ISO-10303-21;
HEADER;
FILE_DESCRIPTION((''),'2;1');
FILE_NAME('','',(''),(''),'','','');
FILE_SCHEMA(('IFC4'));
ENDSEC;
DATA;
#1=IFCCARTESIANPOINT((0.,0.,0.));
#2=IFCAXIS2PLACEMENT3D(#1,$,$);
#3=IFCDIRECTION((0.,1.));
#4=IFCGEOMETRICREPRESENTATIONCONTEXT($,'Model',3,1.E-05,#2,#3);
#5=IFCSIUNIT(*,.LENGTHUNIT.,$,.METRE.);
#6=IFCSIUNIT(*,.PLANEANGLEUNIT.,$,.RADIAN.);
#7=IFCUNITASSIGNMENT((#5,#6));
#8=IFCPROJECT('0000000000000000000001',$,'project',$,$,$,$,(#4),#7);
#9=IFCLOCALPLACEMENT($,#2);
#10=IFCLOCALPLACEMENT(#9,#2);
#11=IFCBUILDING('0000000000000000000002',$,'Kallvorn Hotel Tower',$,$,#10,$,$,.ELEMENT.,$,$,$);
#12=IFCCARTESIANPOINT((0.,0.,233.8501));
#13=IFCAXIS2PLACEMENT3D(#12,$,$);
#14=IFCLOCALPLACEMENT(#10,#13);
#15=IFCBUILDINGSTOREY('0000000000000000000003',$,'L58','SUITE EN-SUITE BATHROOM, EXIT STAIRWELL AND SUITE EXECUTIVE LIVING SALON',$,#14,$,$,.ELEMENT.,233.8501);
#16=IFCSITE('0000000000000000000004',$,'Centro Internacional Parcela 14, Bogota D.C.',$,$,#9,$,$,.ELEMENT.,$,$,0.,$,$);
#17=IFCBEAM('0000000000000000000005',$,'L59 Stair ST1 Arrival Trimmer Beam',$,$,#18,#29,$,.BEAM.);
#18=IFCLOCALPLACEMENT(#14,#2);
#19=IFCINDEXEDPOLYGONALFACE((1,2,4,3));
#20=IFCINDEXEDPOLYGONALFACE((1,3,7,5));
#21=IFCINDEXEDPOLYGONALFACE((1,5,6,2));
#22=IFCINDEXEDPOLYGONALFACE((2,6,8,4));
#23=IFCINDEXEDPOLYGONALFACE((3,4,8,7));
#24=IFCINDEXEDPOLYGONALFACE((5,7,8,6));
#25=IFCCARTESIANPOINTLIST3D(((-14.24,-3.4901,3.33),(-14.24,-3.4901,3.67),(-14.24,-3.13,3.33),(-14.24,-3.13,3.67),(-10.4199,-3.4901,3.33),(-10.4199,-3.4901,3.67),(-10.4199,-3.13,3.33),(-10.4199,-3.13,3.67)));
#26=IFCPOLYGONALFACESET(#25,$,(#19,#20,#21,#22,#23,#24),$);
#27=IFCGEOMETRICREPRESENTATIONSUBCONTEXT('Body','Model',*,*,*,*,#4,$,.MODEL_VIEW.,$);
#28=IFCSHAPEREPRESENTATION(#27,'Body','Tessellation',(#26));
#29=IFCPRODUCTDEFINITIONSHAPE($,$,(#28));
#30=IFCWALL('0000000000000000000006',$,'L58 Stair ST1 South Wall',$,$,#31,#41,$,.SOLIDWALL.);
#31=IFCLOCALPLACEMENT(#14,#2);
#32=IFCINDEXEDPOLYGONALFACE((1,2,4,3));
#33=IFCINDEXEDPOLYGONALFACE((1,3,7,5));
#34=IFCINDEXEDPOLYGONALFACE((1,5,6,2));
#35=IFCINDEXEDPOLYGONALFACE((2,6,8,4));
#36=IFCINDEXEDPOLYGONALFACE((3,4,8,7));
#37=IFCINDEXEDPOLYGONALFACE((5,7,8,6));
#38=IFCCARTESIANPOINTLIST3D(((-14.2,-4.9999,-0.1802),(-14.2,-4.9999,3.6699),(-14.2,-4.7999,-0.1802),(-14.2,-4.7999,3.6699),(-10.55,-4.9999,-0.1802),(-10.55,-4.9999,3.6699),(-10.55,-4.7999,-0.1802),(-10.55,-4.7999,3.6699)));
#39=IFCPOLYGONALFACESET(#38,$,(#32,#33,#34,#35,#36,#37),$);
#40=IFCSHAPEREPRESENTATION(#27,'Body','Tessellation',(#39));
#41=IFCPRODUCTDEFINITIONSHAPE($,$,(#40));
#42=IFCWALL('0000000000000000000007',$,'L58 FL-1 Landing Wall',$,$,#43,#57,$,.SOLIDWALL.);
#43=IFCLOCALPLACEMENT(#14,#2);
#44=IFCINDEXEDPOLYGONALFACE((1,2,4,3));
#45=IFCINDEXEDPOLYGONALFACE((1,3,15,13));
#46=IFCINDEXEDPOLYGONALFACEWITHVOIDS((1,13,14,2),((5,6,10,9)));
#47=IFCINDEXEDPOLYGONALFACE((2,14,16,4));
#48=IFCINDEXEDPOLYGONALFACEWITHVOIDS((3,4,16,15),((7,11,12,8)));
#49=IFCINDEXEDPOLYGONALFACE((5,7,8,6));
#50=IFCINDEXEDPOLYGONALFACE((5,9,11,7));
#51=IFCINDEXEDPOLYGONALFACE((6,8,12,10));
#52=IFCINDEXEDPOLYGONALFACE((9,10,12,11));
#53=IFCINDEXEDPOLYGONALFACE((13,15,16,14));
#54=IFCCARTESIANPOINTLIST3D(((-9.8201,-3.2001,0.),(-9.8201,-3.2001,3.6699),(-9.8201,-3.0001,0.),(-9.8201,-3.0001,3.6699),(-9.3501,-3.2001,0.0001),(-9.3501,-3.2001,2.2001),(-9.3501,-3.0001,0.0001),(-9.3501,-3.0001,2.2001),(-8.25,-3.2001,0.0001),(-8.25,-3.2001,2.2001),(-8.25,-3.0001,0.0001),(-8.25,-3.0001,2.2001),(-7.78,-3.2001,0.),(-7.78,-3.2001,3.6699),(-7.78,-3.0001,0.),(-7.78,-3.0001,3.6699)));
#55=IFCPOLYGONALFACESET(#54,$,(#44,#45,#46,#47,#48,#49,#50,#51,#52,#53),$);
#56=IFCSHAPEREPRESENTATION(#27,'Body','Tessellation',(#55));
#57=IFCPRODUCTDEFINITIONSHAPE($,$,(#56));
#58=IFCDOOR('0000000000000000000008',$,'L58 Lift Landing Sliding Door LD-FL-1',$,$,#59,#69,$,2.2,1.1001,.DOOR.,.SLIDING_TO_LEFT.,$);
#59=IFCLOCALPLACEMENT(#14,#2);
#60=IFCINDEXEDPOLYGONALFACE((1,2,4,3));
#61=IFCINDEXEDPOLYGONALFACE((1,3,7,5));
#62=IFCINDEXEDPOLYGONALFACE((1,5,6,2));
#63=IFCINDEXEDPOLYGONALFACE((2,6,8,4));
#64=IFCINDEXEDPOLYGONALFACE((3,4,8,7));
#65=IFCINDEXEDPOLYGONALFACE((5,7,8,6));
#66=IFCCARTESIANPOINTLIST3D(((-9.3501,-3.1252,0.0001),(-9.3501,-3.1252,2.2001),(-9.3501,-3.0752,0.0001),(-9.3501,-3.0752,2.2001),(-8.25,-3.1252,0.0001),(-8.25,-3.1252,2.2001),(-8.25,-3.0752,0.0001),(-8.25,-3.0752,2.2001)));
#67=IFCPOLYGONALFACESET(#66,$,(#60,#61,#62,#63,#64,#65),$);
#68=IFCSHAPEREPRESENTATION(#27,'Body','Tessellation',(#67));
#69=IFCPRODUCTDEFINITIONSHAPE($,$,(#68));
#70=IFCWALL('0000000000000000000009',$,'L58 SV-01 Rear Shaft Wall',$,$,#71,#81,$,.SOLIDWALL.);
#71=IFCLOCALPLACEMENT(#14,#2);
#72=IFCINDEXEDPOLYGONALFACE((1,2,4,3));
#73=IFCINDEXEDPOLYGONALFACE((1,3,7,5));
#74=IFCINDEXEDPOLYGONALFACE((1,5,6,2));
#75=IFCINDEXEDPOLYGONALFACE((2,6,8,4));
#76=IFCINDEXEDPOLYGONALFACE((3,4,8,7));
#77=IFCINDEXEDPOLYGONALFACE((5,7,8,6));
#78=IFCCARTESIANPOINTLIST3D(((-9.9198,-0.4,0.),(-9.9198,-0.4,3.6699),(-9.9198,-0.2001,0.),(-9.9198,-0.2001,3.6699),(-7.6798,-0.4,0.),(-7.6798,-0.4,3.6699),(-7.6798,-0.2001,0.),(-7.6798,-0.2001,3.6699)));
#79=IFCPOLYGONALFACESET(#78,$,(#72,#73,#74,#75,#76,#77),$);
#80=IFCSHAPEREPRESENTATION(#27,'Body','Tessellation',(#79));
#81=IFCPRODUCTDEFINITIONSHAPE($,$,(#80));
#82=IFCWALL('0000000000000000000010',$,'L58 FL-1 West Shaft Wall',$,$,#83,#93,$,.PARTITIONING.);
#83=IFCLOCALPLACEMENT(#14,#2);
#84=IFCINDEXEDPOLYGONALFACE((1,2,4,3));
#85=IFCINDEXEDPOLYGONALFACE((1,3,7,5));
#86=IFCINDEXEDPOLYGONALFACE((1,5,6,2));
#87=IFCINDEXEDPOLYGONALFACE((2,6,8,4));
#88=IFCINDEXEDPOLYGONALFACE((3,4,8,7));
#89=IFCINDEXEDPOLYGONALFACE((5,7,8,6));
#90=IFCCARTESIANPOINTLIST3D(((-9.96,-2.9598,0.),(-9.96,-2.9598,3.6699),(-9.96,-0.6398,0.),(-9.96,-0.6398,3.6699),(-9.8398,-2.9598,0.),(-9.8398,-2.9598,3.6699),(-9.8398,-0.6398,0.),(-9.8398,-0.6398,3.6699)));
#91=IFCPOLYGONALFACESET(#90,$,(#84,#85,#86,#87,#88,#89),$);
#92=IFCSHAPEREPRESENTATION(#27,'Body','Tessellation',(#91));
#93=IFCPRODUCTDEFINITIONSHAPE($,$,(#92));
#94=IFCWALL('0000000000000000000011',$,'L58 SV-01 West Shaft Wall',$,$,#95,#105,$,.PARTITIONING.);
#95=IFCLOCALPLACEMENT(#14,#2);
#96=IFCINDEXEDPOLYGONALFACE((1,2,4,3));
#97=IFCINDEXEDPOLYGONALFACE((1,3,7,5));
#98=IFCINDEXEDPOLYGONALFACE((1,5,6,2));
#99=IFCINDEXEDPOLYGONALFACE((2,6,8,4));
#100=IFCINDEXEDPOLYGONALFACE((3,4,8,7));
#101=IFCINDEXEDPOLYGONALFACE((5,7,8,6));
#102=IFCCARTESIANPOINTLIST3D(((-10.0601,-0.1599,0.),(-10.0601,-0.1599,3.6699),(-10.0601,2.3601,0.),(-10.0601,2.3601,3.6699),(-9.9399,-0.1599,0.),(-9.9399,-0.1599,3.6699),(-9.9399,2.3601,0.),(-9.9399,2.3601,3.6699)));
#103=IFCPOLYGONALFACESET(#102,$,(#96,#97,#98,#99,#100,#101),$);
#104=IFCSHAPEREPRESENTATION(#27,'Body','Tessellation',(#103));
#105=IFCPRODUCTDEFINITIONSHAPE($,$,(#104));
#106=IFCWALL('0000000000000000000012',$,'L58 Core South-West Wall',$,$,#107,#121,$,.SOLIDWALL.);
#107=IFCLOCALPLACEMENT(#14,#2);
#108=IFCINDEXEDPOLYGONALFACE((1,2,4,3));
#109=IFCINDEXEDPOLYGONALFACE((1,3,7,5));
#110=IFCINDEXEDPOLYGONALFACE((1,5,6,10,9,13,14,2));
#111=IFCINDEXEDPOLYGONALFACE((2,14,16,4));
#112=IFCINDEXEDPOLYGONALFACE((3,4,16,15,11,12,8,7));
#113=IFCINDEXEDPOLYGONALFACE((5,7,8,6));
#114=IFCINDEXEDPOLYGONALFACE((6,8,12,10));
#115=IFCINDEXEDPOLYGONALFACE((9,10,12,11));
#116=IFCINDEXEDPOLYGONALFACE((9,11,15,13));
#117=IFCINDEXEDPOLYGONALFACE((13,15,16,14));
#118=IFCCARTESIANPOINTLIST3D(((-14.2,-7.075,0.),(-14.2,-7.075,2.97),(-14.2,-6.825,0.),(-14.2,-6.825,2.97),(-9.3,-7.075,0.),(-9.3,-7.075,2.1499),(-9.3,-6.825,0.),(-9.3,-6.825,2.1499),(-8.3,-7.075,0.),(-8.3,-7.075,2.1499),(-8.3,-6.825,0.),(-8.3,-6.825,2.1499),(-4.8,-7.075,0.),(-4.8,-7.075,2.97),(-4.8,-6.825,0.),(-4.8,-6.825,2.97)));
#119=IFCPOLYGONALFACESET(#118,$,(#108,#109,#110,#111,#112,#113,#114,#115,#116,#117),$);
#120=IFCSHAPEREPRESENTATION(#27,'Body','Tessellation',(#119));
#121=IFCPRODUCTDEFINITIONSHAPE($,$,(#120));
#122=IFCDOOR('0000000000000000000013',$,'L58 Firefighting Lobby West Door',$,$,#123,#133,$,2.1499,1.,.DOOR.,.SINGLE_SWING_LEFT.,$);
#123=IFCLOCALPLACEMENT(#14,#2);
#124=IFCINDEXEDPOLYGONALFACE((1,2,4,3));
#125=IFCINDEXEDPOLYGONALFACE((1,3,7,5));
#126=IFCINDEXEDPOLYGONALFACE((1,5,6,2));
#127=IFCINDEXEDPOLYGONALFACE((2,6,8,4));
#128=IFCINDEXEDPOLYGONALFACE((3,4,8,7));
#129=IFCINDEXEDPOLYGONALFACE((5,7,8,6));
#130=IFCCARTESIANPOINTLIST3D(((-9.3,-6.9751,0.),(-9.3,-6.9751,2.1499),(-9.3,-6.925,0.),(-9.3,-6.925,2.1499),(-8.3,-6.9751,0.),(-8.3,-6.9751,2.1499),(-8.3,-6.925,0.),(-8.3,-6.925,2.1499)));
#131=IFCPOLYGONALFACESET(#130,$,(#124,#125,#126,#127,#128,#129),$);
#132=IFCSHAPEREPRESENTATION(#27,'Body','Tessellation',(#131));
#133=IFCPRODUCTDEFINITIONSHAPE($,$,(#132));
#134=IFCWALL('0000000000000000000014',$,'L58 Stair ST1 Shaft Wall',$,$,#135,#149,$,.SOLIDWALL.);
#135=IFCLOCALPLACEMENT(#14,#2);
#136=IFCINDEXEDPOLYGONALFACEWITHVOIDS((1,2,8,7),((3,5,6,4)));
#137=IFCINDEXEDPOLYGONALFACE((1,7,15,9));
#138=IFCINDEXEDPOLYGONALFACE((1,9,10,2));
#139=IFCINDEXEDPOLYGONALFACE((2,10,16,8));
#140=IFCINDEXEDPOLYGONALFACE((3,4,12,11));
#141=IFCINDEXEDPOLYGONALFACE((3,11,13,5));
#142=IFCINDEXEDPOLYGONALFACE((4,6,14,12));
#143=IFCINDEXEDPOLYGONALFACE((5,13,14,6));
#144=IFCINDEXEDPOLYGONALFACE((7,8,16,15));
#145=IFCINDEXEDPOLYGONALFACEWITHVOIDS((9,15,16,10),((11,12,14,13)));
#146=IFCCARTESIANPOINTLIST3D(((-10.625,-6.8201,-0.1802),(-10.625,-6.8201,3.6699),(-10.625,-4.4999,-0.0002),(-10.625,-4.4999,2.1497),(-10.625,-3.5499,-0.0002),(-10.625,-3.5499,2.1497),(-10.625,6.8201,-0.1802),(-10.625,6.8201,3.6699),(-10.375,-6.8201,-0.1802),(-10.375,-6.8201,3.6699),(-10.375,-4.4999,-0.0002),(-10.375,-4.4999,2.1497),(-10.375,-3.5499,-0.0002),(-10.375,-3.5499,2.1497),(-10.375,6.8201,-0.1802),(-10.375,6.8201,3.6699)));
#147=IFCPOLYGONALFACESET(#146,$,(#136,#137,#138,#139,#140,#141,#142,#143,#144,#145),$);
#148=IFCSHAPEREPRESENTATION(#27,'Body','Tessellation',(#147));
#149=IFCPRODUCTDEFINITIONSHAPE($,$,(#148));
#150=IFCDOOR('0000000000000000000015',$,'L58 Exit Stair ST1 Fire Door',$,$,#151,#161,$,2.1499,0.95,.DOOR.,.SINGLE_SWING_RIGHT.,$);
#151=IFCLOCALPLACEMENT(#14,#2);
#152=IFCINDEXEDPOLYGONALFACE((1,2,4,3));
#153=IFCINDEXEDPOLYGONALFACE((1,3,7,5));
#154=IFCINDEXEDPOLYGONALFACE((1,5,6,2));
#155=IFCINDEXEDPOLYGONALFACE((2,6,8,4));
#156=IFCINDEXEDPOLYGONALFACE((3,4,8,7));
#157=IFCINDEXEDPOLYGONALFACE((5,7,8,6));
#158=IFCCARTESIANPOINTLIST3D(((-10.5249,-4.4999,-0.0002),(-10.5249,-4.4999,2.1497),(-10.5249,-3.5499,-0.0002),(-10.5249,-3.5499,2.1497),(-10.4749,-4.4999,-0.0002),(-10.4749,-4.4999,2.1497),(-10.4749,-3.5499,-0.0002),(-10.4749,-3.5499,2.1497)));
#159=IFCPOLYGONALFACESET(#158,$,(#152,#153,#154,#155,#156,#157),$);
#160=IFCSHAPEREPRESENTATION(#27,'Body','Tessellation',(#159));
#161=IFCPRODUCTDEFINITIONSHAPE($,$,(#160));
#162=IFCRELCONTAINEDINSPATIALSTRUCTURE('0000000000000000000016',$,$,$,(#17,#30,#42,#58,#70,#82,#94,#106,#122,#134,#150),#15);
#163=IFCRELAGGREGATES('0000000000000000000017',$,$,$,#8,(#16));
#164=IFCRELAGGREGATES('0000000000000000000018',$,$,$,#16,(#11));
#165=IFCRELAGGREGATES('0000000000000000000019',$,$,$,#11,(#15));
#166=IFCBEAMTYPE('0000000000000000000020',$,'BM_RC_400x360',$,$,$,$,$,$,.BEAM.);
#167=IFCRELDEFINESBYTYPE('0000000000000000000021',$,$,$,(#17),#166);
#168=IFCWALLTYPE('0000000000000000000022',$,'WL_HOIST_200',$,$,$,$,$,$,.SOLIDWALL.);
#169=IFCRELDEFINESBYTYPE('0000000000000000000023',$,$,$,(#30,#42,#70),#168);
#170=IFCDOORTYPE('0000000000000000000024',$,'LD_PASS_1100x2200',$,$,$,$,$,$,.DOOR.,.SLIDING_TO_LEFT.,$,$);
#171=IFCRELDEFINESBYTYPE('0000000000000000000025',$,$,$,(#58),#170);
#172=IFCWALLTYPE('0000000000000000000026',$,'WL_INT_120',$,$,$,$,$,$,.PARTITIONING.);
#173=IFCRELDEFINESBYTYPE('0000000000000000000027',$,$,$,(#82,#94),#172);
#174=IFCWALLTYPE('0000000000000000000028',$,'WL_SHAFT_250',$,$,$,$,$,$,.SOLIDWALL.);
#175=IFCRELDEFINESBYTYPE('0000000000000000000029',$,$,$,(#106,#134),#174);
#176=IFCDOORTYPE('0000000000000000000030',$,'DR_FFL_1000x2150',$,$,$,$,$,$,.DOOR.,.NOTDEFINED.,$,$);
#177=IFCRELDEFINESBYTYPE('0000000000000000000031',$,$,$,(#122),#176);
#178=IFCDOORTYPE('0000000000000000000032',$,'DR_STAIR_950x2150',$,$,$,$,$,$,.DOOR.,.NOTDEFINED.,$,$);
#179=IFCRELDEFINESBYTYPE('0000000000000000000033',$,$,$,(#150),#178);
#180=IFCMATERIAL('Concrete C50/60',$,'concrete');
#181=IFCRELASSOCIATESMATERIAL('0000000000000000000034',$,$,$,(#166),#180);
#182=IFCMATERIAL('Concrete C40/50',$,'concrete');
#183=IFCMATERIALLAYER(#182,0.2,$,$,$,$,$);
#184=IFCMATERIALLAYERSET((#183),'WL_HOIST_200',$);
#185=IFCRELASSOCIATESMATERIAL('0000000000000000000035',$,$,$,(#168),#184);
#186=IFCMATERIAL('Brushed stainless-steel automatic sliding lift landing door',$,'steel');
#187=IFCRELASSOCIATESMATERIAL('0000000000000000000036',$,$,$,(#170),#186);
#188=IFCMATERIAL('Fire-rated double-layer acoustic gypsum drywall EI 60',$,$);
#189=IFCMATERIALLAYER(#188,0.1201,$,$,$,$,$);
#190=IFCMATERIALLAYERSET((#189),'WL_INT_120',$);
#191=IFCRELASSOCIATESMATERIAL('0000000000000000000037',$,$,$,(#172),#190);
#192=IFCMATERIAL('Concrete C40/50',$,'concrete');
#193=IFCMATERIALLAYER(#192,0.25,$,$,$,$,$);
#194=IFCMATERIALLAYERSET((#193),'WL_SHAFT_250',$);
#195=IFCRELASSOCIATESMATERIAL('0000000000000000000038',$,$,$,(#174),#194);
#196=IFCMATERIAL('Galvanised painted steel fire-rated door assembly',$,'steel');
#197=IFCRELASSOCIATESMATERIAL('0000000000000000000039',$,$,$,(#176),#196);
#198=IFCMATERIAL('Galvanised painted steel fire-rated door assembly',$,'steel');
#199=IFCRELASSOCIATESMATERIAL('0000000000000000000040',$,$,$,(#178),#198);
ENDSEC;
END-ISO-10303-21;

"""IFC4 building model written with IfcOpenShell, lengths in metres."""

from ifc_helpers import new_model, si_unit, direction, frame, frame_2d, origin, origin_2d, place, context, subcontext, project, spatial, rectangle, extrude, material, layer, layer_set, material_profile, profile_set, type_object, element, fill, save


model = new_model("IFC4")

# Units and contexts
model_context = context("Model", 3, precision=1e-05, world=origin(), true_north=direction((0.0, 1.0)))
body_context = subcontext(model_context, "Body", "Model", "MODEL_VIEW")
ifc_project = project(units=[si_unit("LENGTHUNIT", "METRE"), si_unit("PLANEANGLEUNIT", "RADIAN")], contexts=[model_context])

# Site, building, storey
site_placement = place(None, origin())
site = spatial("IfcSite", under=ifc_project, at=site_placement, Name="Centro Internacional Parcela 14, Bogota D.C.", CompositionType="ELEMENT", RefElevation=0.0)
building_placement = place(site_placement, origin())
building = spatial("IfcBuilding", under=site, at=building_placement, Name="Kallvorn Hotel Tower", CompositionType="ELEMENT")
storey_placement = place(building_placement, frame((0.0, 0.0, 233.8501)))
storey = spatial("IfcBuildingStorey", under=building, at=storey_placement, Name="L58", Description="SUITE EN-SUITE BATHROOM, EXIT STAIRWELL AND SUITE EXECUTIVE LIVING SALON", CompositionType="ELEMENT", Elevation=233.8501)

# Beam
ifc_material_1 = material(Name="Concrete C50/60", Category="concrete")
ifc_material_profile = material_profile(ifc_material_1, rectangle(XDim=0.3601, YDim=0.3401, at=origin_2d()), Name="RC 360x340")
ifc_profile_set = profile_set([ifc_material_profile], Name="Concrete C50/60")
beam_type = type_object("IfcBeamType", Name="BM_RC_400x360", PredefinedType="BEAM", material=ifc_profile_set)
beam_placement = place(storey_placement, frame((-10.4199, -3.3101, 3.5), z_axis=(-1.0, 0.0, 0.0), x_axis=(0.0, -1.0, 0.0)))
element("IfcBeam", 1, at=beam_placement, inside=storey, type_object=beam_type, Name="L59 Stair ST1 Arrival Trimmer Beam", PredefinedType="BEAM", context=body_context, shape_type="SweptSolid", body=[
    extrude(rectangle(XDim=0.3601, YDim=0.3401, at=origin_2d()), origin(), (0.0, 0.0, 1.0), 3.8201),
])

# Wall
ifc_material_2 = material(Name="Concrete C40/50", Category="concrete")
ifc_layer_1 = layer(ifc_material_2, 0.2)
ifc_layer_set_1 = layer_set([ifc_layer_1], Name="WL_HOIST_200")
wall_type_1 = type_object("IfcWallType", Name="WL_HOIST_200", PredefinedType="SOLIDWALL", material=ifc_layer_set_1)
wall_1_placement = place(storey_placement, frame((-14.2, -4.8999, -0.1802), z_axis=(0.0, 0.0, 1.0), x_axis=(1.0, 0.0, 0.0)))
element("IfcWall", 2, at=wall_1_placement, inside=storey, type_object=wall_type_1, Name="L58 Stair ST1 South Wall", PredefinedType="SOLIDWALL", context=body_context, shape_type="SweptSolid", body=[
    extrude(rectangle(XDim=3.6499, YDim=0.2, at=frame_2d((1.825, 0.0))), origin(), (0.0, 0.0, 1.0), 3.8501),
])

# Wall, opening, door
wall_2_placement = place(storey_placement, frame((-9.8201, -3.1001, 0.0), z_axis=(0.0, 0.0, 1.0), x_axis=(1.0, 0.0, 0.0)))
wall_2 = element("IfcWall", 3, at=wall_2_placement, inside=storey, type_object=wall_type_1, Name="L58 FL-1 Landing Wall", PredefinedType="SOLIDWALL", context=body_context, shape_type="SweptSolid", body=[
    extrude(rectangle(XDim=2.04, YDim=0.2, at=frame_2d((1.02, 0.0))), origin(), (0.0, 0.0, 1.0), 3.6699),
])
opening_1_placement = place(wall_2_placement, frame((0.47, 0.0, 0.0)))
opening_1 = element("IfcOpeningElement", 4, at=opening_1_placement, cuts=wall_2, PredefinedType="OPENING", context=body_context, shape_type="SweptSolid", body=[
    extrude(rectangle(XDim=1.1001, YDim=2.2, at=frame_2d((0.55, 1.1001))), frame((0.0, 0.115, 0.0), z_axis=(0.0, -1.0, 0.0), x_axis=(1.0, 0.0, 0.0)), (0.0, 0.0, 1.0), 0.23),
])
ifc_material_3 = material(Name="Brushed stainless-steel automatic sliding lift landing door", Category="steel")
door_type_1 = type_object("IfcDoorType", Name="LD_PASS_1100x2200", OperationType="SLIDING_TO_LEFT", PredefinedType="DOOR", material=ifc_material_3)
door_1_placement = place(opening_1_placement, origin())
door_1 = element("IfcDoor", 5, at=door_1_placement, inside=storey, type_object=door_type_1, Name="L58 Lift Landing Sliding Door LD-FL-1", OperationType="SLIDING_TO_LEFT", OverallHeight=2.2, OverallWidth=1.1001, PredefinedType="DOOR", context=body_context, shape_type="SweptSolid", body=[
    extrude(rectangle(XDim=1.1001, YDim=2.2, at=frame_2d((0.55, 1.1001))), frame((0.0, 0.0249, 0.0), z_axis=(0.0, -1.0, 0.0), x_axis=(1.0, 0.0, 0.0)), (0.0, 0.0, 1.0), 0.05),
])
fill(opening_1, door_1)

# Walls
wall_3_placement = place(storey_placement, frame((-9.9199, -0.3, 0.0), z_axis=(0.0, 0.0, 1.0), x_axis=(1.0, 0.0, 0.0)))
element("IfcWall", 6, at=wall_3_placement, inside=storey, type_object=wall_type_1, Name="L58 SV-01 Rear Shaft Wall", PredefinedType="SOLIDWALL", context=body_context, shape_type="SweptSolid", body=[
    extrude(rectangle(XDim=2.24, YDim=0.2, at=frame_2d((1.1201, 0.0))), origin(), (0.0, 0.0, 1.0), 3.6699),
])
ifc_material_4 = material(Name="Fire-rated double-layer acoustic gypsum drywall EI 60")
ifc_layer_2 = layer(ifc_material_4, 0.1201)
ifc_layer_set_2 = layer_set([ifc_layer_2], Name="WL_INT_120")
wall_type_2 = type_object("IfcWallType", Name="WL_INT_120", PredefinedType="PARTITIONING", material=ifc_layer_set_2)
wall_4_placement = place(storey_placement, frame((-9.8999, -2.96, 0.0), z_axis=(0.0, 0.0, 1.0), x_axis=(0.0, 1.0, 0.0)))
element("IfcWall", 7, at=wall_4_placement, inside=storey, type_object=wall_type_2, Name="L58 FL-1 West Shaft Wall", PredefinedType="PARTITIONING", context=body_context, shape_type="SweptSolid", body=[
    extrude(rectangle(XDim=2.3201, YDim=0.1201, at=frame_2d((1.1602, 0.0))), origin(), (0.0, 0.0, 1.0), 3.6699),
])
wall_5_placement = place(storey_placement, frame((-10.0, -0.1599, 0.0), z_axis=(0.0, 0.0, 1.0), x_axis=(0.0, 1.0, 0.0)))
element("IfcWall", 8, at=wall_5_placement, inside=storey, type_object=wall_type_2, Name="L58 SV-01 West Shaft Wall", PredefinedType="PARTITIONING", context=body_context, shape_type="SweptSolid", body=[
    extrude(rectangle(XDim=2.52, YDim=0.1201, at=frame_2d((1.26, 0.0))), origin(), (0.0, 0.0, 1.0), 3.6699),
])

# Walls, openings, doors
ifc_material_5 = material(Name="Concrete C40/50", Category="concrete")
ifc_layer_3 = layer(ifc_material_5, 0.25)
ifc_layer_set_3 = layer_set([ifc_layer_3], Name="WL_SHAFT_250")
wall_type_3 = type_object("IfcWallType", Name="WL_SHAFT_250", PredefinedType="SOLIDWALL", material=ifc_layer_set_3)
wall_6_placement = place(storey_placement, frame((-14.2, -6.95, 0.0), z_axis=(0.0, 0.0, 1.0), x_axis=(1.0, 0.0, 0.0)))
wall_6 = element("IfcWall", 9, at=wall_6_placement, inside=storey, type_object=wall_type_3, Name="L58 Core South-West Wall", PredefinedType="SOLIDWALL", context=body_context, shape_type="SweptSolid", body=[
    extrude(rectangle(XDim=9.3999, YDim=0.25, at=frame_2d((4.7, 0.0))), origin(), (0.0, 0.0, 1.0), 2.97),
])
opening_2_placement = place(wall_6_placement, frame((4.8999, 0.0, 0.0)))
opening_2 = element("IfcOpeningElement", 10, at=opening_2_placement, cuts=wall_6, PredefinedType="OPENING", context=body_context, shape_type="SweptSolid", body=[
    extrude(rectangle(XDim=1.0, YDim=2.1499, at=frame_2d((0.5, 1.075))), frame((0.0, 0.1399, 0.0), z_axis=(0.0, -1.0, 0.0), x_axis=(1.0, 0.0, 0.0)), (0.0, 0.0, 1.0), 0.28),
])
ifc_material_6 = material(Name="Galvanised painted steel fire-rated door assembly", Category="steel")
door_type_2 = type_object("IfcDoorType", Name="DR_FFL_1000x2150", OperationType="NOTDEFINED", PredefinedType="DOOR", material=ifc_material_6)
door_2_placement = place(opening_2_placement, origin())
door_2 = element("IfcDoor", 11, at=door_2_placement, inside=storey, type_object=door_type_2, Name="L58 Firefighting Lobby West Door", OperationType="SINGLE_SWING_LEFT", OverallHeight=2.1499, OverallWidth=1.0, PredefinedType="DOOR", context=body_context, shape_type="SweptSolid", body=[
    extrude(rectangle(XDim=1.0, YDim=2.1499, at=frame_2d((0.5, 1.075))), frame((0.0, 0.0249, 0.0), z_axis=(0.0, -1.0, 0.0), x_axis=(1.0, 0.0, 0.0)), (0.0, 0.0, 1.0), 0.05),
])
fill(opening_2, door_2)
wall_7_placement = place(storey_placement, frame((-10.5, -6.8201, -0.1802), z_axis=(0.0, 0.0, 1.0), x_axis=(0.0, 1.0, 0.0)))
wall_7 = element("IfcWall", 12, at=wall_7_placement, inside=storey, type_object=wall_type_3, Name="L58 Stair ST1 Shaft Wall", PredefinedType="SOLIDWALL", context=body_context, shape_type="SweptSolid", body=[
    extrude(rectangle(XDim=13.6401, YDim=0.25, at=frame_2d((6.8201, 0.0))), origin(), (0.0, 0.0, 1.0), 3.8501),
])
opening_3_placement = place(wall_7_placement, frame((2.3201, 0.0, 0.1799)))
opening_3 = element("IfcOpeningElement", 13, at=opening_3_placement, cuts=wall_7, PredefinedType="OPENING", context=body_context, shape_type="SweptSolid", body=[
    extrude(rectangle(XDim=0.95, YDim=2.1499, at=frame_2d((0.4751, 1.075))), frame((0.0, 0.1399, 0.0), z_axis=(0.0, -1.0, 0.0), x_axis=(1.0, 0.0, 0.0)), (0.0, 0.0, 1.0), 0.28),
])
ifc_material_7 = material(Name="Galvanised painted steel fire-rated door assembly", Category="steel")
door_type_3 = type_object("IfcDoorType", Name="DR_STAIR_950x2150", OperationType="NOTDEFINED", PredefinedType="DOOR", material=ifc_material_7)
door_3_placement = place(opening_3_placement, origin())
door_3 = element("IfcDoor", 14, at=door_3_placement, inside=storey, type_object=door_type_3, Name="L58 Exit Stair ST1 Fire Door", OperationType="SINGLE_SWING_RIGHT", OverallHeight=2.1499, OverallWidth=0.95, PredefinedType="DOOR", context=body_context, shape_type="SweptSolid", body=[
    extrude(rectangle(XDim=0.95, YDim=2.1499, at=frame_2d((0.4751, 1.075))), frame((0.0, 0.0249, 0.0), z_axis=(0.0, -1.0, 0.0), x_axis=(1.0, 0.0, 0.0)), (0.0, 0.0, 1.0), 0.05),
])
fill(opening_3, door_3)

save(model, "model.ifc")
